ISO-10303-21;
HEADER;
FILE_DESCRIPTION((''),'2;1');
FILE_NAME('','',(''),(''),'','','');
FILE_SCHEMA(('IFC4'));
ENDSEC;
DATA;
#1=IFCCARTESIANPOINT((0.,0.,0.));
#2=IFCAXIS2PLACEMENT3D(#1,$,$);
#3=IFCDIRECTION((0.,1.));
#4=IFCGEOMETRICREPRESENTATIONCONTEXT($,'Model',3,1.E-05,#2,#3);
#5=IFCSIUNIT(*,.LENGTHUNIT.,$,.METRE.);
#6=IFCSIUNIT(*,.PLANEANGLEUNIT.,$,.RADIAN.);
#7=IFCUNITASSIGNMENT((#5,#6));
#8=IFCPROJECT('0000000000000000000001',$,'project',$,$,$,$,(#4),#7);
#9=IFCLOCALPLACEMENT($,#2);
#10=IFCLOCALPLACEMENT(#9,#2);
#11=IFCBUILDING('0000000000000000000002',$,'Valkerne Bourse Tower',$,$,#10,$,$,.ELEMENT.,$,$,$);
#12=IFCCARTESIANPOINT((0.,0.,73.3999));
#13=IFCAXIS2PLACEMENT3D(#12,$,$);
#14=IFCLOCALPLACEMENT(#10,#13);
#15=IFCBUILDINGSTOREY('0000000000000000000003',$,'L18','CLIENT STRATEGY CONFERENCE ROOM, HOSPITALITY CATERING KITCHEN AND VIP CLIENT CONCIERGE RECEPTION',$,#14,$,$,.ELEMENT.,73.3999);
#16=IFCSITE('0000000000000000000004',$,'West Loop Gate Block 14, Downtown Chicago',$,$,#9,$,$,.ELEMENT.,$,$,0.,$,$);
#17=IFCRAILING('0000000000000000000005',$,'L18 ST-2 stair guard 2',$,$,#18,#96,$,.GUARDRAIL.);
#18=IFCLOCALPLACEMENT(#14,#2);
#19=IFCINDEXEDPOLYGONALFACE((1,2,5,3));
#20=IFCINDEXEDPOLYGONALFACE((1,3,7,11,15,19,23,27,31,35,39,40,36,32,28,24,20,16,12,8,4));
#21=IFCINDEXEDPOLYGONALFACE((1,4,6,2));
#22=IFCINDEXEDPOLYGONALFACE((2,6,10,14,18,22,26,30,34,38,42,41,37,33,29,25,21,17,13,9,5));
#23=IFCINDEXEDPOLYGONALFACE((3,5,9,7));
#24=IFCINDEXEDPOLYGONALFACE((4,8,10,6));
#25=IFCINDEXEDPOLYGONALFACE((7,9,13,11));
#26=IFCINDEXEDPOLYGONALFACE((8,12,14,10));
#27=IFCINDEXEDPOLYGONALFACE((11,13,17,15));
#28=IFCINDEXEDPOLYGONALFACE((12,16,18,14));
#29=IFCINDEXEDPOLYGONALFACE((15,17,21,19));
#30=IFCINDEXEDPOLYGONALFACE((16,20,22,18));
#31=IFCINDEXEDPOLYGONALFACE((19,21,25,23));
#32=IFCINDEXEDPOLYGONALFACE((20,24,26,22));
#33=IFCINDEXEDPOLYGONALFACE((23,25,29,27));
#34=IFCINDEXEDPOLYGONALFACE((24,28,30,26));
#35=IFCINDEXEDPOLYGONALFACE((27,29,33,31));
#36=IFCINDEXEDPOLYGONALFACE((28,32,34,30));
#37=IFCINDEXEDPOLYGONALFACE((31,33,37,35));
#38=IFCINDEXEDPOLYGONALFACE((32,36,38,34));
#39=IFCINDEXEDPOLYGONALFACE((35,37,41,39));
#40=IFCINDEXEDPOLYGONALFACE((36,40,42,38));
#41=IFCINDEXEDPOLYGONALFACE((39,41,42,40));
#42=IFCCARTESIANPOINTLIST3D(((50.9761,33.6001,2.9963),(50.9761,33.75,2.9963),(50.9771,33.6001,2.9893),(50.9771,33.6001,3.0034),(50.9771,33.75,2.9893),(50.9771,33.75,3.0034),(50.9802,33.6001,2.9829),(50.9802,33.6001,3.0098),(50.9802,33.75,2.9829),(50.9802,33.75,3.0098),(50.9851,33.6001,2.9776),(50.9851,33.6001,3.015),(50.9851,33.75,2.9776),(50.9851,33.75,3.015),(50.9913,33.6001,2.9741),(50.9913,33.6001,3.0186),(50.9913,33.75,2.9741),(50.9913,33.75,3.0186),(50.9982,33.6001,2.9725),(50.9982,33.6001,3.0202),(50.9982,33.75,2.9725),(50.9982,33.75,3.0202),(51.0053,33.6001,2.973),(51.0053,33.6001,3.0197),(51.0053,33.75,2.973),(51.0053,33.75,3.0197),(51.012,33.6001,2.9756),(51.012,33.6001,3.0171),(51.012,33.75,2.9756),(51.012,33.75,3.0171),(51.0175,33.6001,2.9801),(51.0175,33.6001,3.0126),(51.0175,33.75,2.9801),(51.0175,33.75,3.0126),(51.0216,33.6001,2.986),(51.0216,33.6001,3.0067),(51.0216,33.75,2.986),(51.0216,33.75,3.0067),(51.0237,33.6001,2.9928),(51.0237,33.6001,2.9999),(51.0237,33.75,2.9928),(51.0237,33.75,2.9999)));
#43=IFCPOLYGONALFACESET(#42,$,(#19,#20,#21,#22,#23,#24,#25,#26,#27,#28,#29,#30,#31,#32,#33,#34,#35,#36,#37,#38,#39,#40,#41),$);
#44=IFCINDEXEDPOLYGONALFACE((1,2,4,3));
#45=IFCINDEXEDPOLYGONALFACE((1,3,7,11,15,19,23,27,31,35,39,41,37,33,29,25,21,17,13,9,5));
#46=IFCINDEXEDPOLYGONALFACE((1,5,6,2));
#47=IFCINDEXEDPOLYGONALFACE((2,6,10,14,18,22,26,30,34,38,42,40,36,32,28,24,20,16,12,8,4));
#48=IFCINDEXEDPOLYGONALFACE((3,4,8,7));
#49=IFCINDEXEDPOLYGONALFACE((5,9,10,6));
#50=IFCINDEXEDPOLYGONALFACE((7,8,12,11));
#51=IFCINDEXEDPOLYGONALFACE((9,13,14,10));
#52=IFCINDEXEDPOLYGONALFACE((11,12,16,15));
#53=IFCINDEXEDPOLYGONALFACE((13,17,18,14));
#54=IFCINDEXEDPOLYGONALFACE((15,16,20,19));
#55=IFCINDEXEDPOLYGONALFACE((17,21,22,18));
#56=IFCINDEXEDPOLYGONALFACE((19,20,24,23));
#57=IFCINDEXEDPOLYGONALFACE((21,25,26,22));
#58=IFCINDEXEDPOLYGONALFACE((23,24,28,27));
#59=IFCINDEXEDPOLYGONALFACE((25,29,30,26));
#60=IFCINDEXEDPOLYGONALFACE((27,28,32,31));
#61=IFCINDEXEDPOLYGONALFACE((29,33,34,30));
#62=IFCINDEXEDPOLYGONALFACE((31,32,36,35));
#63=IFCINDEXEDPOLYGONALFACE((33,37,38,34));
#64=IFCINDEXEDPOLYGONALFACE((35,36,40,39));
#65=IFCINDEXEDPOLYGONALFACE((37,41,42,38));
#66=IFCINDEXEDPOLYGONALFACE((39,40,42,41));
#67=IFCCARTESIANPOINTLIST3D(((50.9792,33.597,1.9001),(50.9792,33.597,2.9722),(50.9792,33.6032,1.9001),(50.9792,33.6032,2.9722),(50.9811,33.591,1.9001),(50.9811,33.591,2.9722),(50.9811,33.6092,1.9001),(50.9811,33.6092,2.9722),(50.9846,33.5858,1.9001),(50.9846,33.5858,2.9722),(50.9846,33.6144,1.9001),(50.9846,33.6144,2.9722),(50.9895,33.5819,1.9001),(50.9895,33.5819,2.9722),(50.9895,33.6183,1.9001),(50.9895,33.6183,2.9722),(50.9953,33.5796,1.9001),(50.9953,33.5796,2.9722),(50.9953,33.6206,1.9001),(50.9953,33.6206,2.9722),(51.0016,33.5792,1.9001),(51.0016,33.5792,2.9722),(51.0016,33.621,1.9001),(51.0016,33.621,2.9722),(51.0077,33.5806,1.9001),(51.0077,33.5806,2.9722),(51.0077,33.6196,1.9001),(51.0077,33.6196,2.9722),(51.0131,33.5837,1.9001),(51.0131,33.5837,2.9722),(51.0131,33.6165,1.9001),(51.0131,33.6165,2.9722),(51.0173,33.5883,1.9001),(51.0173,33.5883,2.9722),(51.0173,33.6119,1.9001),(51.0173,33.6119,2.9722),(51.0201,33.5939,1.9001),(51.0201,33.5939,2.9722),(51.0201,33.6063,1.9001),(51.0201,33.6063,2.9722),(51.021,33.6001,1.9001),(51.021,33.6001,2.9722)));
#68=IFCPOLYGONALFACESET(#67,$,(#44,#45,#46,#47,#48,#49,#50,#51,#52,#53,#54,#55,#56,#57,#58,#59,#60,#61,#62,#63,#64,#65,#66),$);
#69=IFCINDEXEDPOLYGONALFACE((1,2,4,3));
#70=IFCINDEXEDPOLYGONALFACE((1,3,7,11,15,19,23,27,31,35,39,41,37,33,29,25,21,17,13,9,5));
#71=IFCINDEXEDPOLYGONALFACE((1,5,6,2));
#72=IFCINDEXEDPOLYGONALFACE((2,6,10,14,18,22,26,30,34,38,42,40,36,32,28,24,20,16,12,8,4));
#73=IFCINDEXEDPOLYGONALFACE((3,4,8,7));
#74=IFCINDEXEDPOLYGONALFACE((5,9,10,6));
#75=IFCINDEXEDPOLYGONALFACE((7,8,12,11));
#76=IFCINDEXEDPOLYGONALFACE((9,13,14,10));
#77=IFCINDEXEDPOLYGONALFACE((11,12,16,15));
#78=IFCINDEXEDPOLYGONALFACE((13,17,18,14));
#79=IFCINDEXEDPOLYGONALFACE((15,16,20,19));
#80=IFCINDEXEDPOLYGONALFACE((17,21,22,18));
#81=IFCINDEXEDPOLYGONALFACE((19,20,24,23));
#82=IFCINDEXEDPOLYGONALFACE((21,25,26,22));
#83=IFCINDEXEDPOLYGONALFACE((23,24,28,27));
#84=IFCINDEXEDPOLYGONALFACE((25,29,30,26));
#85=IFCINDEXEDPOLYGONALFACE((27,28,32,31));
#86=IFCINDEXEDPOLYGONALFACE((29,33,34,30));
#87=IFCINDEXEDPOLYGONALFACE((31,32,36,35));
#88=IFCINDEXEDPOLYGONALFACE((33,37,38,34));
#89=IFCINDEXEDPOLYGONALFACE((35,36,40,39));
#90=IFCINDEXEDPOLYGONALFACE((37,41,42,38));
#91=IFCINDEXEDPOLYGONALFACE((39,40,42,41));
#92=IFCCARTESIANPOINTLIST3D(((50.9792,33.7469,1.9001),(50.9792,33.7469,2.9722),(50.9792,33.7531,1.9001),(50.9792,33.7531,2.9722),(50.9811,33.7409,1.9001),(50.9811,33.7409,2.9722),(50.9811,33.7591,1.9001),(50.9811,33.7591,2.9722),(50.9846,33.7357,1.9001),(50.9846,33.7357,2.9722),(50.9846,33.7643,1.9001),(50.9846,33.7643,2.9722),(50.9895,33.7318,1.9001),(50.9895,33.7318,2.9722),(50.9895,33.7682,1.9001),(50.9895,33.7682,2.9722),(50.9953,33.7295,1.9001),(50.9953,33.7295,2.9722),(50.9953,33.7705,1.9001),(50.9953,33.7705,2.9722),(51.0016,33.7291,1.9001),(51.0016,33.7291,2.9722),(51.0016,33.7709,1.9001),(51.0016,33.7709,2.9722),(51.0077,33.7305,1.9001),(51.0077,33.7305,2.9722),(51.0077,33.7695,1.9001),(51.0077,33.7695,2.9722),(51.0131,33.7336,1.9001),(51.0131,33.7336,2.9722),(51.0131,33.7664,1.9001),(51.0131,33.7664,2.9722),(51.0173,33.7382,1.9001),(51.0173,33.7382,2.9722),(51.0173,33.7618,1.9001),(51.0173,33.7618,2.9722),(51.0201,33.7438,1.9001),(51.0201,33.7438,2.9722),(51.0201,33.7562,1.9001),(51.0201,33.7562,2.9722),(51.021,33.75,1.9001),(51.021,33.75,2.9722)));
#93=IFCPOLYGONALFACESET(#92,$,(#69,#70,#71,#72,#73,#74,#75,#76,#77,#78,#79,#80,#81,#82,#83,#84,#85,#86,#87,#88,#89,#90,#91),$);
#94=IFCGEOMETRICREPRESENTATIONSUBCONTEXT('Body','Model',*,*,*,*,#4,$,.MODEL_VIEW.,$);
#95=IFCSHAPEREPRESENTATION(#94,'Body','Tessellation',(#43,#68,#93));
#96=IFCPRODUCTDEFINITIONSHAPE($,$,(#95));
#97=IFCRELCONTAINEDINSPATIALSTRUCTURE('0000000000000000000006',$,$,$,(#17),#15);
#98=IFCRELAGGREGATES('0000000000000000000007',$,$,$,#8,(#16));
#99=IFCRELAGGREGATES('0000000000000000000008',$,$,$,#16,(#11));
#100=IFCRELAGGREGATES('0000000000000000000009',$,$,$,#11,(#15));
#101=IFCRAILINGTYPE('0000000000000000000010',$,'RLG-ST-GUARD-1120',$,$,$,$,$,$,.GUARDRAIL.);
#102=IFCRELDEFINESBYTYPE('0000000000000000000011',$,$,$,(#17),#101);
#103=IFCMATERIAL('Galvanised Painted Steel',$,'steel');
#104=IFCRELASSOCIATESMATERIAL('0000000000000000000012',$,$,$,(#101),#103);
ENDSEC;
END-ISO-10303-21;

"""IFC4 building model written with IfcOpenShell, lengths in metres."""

from ifc_helpers import new_model, si_unit, direction, frame, origin, origin_2d, place, context, subcontext, project, spatial, circle, extrude, material, type_object, element, save


model = new_model("IFC4")

# Units and contexts
model_context = context("Model", 3, precision=1e-05, world=origin(), true_north=direction((0.0, 1.0)))
body_context = subcontext(model_context, "Body", "Model", "MODEL_VIEW")
ifc_project = project(units=[si_unit("LENGTHUNIT", "METRE"), si_unit("PLANEANGLEUNIT", "RADIAN")], contexts=[model_context])

# Site, building, storey
site_placement = place(None, origin())
site = spatial("IfcSite", under=ifc_project, at=site_placement, Name="West Loop Gate Block 14, Downtown Chicago", CompositionType="ELEMENT", RefElevation=0.0)
building_placement = place(site_placement, origin())
building = spatial("IfcBuilding", under=site, at=building_placement, Name="Valkerne Bourse Tower", CompositionType="ELEMENT")
storey_placement = place(building_placement, frame((0.0, 0.0, 73.3999)))
storey = spatial("IfcBuildingStorey", under=building, at=storey_placement, Name="L18", Description="CLIENT STRATEGY CONFERENCE ROOM, HOSPITALITY CATERING KITCHEN AND VIP CLIENT CONCIERGE RECEPTION", CompositionType="ELEMENT", Elevation=73.3999)

# Railing
ifc_material_1 = material(Name="Galvanised Painted Steel", Category="steel")
railing_type_1 = type_object("IfcRailingType", Name="RLG-ST-GUARD-1120", PredefinedType="GUARDRAIL", material=ifc_material_1)
railing_1_placement = place(storey_placement, frame((51.0, 33.6001, 1.9001)))
element("IfcRailing", 1, at=railing_1_placement, inside=storey, type_object=railing_type_1, Name="L18 ST-2 stair guard 2", PredefinedType="GUARDRAIL", context=body_context, shape_type="SweptSolid", body=[
    extrude(circle(Radius=0.0239, at=origin_2d()), frame((0.0, 0.0, 1.0962), z_axis=(0.0, 1.0, 0.0), x_axis=(-1.0, 0.0, 0.0)), (0.0, 0.0, 1.0), 0.1499),
    extrude(circle(Radius=0.021, at=origin_2d()), origin(), (0.0, 0.0, 1.0), 1.072),
    extrude(circle(Radius=0.021, at=origin_2d()), frame((0.0, 0.1499, 0.0)), (0.0, 0.0, 1.0), 1.072),
])

save(model, "model.ifc")
